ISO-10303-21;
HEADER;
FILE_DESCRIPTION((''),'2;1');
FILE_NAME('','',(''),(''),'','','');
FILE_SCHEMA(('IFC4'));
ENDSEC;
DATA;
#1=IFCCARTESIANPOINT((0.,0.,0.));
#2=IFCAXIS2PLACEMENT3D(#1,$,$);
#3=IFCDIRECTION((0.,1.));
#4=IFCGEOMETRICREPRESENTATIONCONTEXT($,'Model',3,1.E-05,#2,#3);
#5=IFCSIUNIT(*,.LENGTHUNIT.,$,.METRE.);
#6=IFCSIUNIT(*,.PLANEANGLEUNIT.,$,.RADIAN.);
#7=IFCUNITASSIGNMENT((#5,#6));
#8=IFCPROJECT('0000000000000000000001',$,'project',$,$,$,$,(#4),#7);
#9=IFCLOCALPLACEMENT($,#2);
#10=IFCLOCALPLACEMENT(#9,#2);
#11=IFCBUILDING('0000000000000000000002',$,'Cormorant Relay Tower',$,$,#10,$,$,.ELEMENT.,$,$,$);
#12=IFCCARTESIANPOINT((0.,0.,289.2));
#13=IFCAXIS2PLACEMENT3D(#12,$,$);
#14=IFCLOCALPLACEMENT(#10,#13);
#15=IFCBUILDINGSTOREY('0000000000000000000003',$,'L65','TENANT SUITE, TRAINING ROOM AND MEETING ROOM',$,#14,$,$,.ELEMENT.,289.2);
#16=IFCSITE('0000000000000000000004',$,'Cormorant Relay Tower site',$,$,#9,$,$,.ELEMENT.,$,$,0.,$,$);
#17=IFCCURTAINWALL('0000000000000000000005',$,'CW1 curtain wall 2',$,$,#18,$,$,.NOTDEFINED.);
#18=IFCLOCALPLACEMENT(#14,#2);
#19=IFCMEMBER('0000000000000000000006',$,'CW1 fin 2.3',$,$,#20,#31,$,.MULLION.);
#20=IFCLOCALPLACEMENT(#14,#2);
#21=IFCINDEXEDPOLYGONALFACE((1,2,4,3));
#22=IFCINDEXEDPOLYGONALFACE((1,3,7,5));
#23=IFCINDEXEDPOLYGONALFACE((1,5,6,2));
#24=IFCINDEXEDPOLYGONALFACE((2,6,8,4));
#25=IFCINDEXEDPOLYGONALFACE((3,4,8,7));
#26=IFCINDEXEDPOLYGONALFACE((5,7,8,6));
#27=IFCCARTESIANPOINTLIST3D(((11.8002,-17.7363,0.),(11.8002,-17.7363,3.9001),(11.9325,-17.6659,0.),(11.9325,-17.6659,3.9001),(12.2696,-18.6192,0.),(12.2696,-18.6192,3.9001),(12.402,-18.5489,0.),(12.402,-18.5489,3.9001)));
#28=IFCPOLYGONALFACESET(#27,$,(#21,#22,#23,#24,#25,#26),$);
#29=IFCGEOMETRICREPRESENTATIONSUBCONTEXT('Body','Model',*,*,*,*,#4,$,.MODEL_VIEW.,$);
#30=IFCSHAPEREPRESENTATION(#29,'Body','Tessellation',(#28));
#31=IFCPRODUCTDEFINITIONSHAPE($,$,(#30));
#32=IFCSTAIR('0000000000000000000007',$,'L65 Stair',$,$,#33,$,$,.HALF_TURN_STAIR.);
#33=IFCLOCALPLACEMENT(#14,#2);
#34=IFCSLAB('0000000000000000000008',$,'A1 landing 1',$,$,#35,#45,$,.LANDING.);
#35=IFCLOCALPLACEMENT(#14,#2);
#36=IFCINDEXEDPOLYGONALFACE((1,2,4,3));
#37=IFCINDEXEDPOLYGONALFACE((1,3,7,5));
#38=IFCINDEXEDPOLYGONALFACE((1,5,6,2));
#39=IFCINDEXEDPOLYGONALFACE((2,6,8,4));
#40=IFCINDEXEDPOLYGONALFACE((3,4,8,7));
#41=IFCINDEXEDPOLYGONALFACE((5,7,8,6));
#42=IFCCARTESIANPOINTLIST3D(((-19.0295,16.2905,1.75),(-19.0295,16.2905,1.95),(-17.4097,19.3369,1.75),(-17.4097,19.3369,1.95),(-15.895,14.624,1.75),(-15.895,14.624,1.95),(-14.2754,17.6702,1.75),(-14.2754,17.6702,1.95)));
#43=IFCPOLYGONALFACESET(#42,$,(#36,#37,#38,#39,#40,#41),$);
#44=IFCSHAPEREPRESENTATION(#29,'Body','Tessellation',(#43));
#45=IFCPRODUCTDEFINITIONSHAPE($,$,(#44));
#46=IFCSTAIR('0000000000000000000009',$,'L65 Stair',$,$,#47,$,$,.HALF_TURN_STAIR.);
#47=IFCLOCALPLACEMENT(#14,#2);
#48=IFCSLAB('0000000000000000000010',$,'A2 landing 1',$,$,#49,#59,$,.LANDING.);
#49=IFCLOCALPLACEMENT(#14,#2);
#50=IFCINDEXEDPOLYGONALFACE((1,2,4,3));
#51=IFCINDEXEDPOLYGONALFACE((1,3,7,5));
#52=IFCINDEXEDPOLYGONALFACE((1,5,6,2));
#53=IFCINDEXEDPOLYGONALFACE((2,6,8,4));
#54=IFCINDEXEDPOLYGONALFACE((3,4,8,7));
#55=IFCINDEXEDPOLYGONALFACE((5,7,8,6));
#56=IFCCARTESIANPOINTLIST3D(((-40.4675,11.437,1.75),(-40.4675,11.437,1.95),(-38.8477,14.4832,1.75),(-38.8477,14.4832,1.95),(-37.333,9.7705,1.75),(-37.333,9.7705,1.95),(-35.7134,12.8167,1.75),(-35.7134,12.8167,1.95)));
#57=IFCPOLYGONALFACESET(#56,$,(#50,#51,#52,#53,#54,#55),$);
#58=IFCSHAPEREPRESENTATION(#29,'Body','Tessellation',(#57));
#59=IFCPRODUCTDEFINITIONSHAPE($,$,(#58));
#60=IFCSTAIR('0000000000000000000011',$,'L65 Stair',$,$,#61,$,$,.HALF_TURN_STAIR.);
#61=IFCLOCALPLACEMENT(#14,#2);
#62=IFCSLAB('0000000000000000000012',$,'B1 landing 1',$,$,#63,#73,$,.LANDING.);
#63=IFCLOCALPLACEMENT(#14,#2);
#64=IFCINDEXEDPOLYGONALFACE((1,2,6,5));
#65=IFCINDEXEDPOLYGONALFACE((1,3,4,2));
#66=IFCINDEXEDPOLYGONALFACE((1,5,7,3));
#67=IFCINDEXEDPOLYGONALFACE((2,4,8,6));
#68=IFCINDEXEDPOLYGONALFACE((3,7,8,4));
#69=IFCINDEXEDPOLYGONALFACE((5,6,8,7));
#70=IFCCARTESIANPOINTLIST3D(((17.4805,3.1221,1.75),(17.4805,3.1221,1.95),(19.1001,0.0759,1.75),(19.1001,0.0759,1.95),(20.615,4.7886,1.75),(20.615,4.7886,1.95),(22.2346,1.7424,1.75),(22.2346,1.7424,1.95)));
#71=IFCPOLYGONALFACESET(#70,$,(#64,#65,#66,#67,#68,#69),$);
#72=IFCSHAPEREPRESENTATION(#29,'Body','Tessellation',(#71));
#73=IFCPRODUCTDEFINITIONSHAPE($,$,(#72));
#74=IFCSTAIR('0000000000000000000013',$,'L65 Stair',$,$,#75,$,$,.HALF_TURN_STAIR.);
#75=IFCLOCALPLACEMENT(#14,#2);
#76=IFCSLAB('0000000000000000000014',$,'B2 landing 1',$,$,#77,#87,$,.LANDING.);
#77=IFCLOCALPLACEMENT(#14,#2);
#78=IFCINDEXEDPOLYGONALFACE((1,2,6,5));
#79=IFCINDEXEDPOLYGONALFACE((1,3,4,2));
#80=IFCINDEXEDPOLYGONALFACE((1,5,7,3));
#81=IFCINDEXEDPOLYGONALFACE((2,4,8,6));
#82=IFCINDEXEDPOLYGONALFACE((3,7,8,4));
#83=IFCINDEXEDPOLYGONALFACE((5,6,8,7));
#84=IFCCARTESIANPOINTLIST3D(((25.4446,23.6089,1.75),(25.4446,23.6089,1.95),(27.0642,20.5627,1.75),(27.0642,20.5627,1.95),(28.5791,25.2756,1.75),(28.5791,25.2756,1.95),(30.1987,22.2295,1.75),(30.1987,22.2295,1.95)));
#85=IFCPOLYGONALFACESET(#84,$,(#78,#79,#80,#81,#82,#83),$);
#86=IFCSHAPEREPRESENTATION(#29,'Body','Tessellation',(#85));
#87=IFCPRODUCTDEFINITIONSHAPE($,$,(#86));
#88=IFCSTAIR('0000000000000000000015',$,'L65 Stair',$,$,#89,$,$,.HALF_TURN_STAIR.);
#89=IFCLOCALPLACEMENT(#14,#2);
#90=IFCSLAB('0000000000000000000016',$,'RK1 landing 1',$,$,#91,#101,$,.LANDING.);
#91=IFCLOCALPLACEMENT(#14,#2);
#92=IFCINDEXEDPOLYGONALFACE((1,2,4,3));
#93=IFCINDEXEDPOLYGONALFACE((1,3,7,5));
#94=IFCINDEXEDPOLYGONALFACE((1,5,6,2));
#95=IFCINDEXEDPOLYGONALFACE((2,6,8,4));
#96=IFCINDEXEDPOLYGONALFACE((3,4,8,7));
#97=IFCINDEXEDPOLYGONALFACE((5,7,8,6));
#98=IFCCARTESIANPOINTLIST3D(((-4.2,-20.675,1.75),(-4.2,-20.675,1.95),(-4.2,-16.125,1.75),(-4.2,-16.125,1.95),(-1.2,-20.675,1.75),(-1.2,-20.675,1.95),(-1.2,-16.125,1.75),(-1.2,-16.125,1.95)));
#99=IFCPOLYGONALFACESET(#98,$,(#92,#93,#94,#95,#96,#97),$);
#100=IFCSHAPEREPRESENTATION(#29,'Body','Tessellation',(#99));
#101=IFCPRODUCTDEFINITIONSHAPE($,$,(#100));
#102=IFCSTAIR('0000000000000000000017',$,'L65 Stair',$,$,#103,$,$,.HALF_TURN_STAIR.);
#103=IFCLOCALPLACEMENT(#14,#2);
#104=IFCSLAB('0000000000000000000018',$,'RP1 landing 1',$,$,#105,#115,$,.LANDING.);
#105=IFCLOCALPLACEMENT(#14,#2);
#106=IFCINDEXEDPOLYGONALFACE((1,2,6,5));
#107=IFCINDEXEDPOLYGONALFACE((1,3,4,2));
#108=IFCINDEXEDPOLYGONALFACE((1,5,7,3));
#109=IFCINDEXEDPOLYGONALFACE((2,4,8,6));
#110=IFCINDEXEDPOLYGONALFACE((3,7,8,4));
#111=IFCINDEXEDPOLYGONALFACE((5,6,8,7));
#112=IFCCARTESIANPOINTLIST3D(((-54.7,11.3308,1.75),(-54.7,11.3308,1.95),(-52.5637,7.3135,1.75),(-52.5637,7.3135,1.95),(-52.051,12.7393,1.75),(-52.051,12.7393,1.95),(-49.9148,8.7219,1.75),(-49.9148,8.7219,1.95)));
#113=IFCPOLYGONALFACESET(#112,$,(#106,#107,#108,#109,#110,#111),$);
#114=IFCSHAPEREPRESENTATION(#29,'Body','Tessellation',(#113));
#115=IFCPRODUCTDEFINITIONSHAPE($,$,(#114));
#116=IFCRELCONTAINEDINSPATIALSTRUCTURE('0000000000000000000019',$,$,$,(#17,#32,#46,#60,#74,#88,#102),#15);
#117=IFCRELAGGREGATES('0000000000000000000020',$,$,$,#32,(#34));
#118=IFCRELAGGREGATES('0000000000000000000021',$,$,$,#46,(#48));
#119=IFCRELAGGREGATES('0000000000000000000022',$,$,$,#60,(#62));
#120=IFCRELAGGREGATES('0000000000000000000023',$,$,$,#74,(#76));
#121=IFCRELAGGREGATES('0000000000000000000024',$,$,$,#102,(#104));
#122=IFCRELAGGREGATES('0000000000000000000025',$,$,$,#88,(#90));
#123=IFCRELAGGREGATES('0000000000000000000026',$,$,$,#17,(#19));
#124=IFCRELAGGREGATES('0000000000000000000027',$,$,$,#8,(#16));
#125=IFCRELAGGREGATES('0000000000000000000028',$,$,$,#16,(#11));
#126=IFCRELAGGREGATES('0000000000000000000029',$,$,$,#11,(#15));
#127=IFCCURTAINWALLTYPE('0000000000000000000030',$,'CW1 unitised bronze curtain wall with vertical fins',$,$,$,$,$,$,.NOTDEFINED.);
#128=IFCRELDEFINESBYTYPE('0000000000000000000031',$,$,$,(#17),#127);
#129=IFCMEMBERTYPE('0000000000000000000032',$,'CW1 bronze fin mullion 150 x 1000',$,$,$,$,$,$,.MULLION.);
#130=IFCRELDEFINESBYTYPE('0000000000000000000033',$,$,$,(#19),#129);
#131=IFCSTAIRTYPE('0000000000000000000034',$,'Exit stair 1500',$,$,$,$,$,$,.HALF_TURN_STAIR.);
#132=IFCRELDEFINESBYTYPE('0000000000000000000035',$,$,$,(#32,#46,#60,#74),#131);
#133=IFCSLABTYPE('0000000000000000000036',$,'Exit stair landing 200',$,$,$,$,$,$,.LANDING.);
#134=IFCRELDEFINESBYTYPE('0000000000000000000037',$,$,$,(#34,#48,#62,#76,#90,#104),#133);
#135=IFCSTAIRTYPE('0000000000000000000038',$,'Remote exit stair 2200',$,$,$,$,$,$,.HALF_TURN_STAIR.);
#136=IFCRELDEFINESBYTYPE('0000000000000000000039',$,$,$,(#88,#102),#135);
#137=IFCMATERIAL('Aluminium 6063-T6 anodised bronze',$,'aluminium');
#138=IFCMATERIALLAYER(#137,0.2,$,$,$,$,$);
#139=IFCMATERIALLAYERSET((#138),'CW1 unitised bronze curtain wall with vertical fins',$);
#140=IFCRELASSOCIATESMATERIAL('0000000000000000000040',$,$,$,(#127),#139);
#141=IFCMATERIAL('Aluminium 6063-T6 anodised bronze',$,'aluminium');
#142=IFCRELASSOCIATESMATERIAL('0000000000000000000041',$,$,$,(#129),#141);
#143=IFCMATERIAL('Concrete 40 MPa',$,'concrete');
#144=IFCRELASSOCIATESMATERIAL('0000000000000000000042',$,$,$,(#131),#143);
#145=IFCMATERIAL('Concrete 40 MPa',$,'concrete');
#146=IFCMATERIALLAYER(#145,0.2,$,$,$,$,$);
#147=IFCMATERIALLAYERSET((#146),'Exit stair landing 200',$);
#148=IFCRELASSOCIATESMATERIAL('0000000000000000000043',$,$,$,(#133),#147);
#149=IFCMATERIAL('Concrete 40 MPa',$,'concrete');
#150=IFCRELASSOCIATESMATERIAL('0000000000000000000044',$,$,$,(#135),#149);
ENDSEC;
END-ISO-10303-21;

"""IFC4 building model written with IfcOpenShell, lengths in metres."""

from ifc_helpers import new_model, si_unit, direction, frame, origin, origin_2d, place, context, subcontext, project, spatial, polyline, rectangle, outline, extrude, material, layer, layer_set, material_profile, profile_set, type_object, element, aggregate, save


model = new_model("IFC4")

# Units and contexts
model_context = context("Model", 3, precision=1e-05, world=origin(), true_north=direction((0.0, 1.0)))
body_context = subcontext(model_context, "Body", "Model", "MODEL_VIEW")
ifc_project = project(units=[si_unit("LENGTHUNIT", "METRE"), si_unit("PLANEANGLEUNIT", "RADIAN")], contexts=[model_context])

# Site, building, storey
site_placement = place(None, origin())
site = spatial("IfcSite", under=ifc_project, at=site_placement, Name="Cormorant Relay Tower site", CompositionType="ELEMENT", RefElevation=0.0)
building_placement = place(site_placement, origin())
building = spatial("IfcBuilding", under=site, at=building_placement, Name="Cormorant Relay Tower", CompositionType="ELEMENT")
storey_placement = place(building_placement, frame((0.0, 0.0, 289.2)))
storey = spatial("IfcBuildingStorey", under=building, at=storey_placement, Name="L65", Description="TENANT SUITE, TRAINING ROOM AND MEETING ROOM", CompositionType="ELEMENT", Elevation=289.2)

# Curtain wall, member
ifc_material_1 = material(Name="Aluminium 6063-T6 anodised bronze", Category="aluminium")
ifc_layer_1 = layer(ifc_material_1, 0.2)
ifc_layer_set_1 = layer_set([ifc_layer_1], Name="CW1 unitised bronze curtain wall with vertical fins")
curtain_wall_type = type_object("IfcCurtainWallType", Name="CW1 unitised bronze curtain wall with vertical fins", PredefinedType="NOTDEFINED", material=ifc_layer_set_1)
curtain_wall_placement = place(storey_placement, origin())
curtain_wall = element("IfcCurtainWall", 1, at=curtain_wall_placement, inside=storey, type_object=curtain_wall_type, Name="CW1 curtain wall 2", PredefinedType="NOTDEFINED")
ifc_material_2 = material(Name="Aluminium 6063-T6 anodised bronze", Category="aluminium")
ifc_material_profile_1 = material_profile(ifc_material_2, rectangle(XDim=0.1499, YDim=1.0, at=origin_2d()), Name="AL 150x1000")
ifc_profile_set_1 = profile_set([ifc_material_profile_1], Name="Aluminium 6063-T6 anodised bronze")
member_type = type_object("IfcMemberType", Name="CW1 bronze fin mullion 150 x 1000", PredefinedType="MULLION", material=ifc_profile_set_1)
member_placement = place(storey_placement, frame((12.1011, -18.1426, 0.0), z_axis=(0.0, 0.0, 1.0), x_axis=(0.882948, 0.469472, 0.0)))
member = element("IfcMember", 2, at=member_placement, type_object=member_type, Name="CW1 fin 2.3", PredefinedType="MULLION", context=body_context, shape_type="SweptSolid", body=[
    extrude(rectangle(XDim=0.1499, YDim=1.0, at=origin_2d()), origin(), (0.0, 0.0, 1.0), 3.9001),
])

# Stairs, slabs
ifc_material_3 = material(Name="Concrete 40 MPa", Category="concrete")
stair_type_1 = type_object("IfcStairType", Name="Exit stair 1500", PredefinedType="HALF_TURN_STAIR", material=ifc_material_3)
stair_1_placement = place(storey_placement, origin())
stair_1 = element("IfcStair", 3, at=stair_1_placement, inside=storey, type_object=stair_type_1, Name="L65 Stair", PredefinedType="HALF_TURN_STAIR")
ifc_material_4 = material(Name="Concrete 40 MPa", Category="concrete")
ifc_layer_2 = layer(ifc_material_4, 0.2)
ifc_layer_set_2 = layer_set([ifc_layer_2], Name="Exit stair landing 200")
slab_type_1 = type_object("IfcSlabType", Name="Exit stair landing 200", PredefinedType="LANDING", material=ifc_layer_set_2)
slab_1_placement = place(storey_placement, frame((0.0, 0.0, 1.75)))
slab_1 = element("IfcSlab", 4, at=slab_1_placement, type_object=slab_type_1, Name="A1 landing 1", PredefinedType="LANDING", context=body_context, shape_type="SweptSolid", body=[
    extrude(outline(polyline([(-19.0295, 16.2905), (-15.895, 14.624), (-14.2754, 17.6702), (-17.4097, 19.3369), (-19.0295, 16.2905)])), origin(), (0.0, 0.0, 1.0), 0.2),
])
aggregate(stair_1, [slab_1])
stair_2_placement = place(storey_placement, origin())
stair_2 = element("IfcStair", 5, at=stair_2_placement, inside=storey, type_object=stair_type_1, Name="L65 Stair", PredefinedType="HALF_TURN_STAIR")
slab_2_placement = place(storey_placement, frame((0.0, 0.0, 1.75)))
slab_2 = element("IfcSlab", 6, at=slab_2_placement, type_object=slab_type_1, Name="A2 landing 1", PredefinedType="LANDING", context=body_context, shape_type="SweptSolid", body=[
    extrude(outline(polyline([(-35.7134, 12.8167), (-38.8477, 14.4832), (-40.4675, 11.437), (-37.333, 9.7705), (-35.7134, 12.8167)])), origin(), (0.0, 0.0, 1.0), 0.2),
])
aggregate(stair_2, [slab_2])
stair_3_placement = place(storey_placement, origin())
stair_3 = element("IfcStair", 7, at=stair_3_placement, inside=storey, type_object=stair_type_1, Name="L65 Stair", PredefinedType="HALF_TURN_STAIR")
slab_3_placement = place(storey_placement, frame((0.0, 0.0, 1.75)))
slab_3 = element("IfcSlab", 8, at=slab_3_placement, type_object=slab_type_1, Name="B1 landing 1", PredefinedType="LANDING", context=body_context, shape_type="SweptSolid", body=[
    extrude(outline(polyline([(20.615, 4.7886), (17.4805, 3.1221), (19.1001, 0.0759), (22.2346, 1.7424), (20.615, 4.7886)])), origin(), (0.0, 0.0, 1.0), 0.2),
])
aggregate(stair_3, [slab_3])
stair_4_placement = place(storey_placement, origin())
stair_4 = element("IfcStair", 9, at=stair_4_placement, inside=storey, type_object=stair_type_1, Name="L65 Stair", PredefinedType="HALF_TURN_STAIR")
slab_4_placement = place(storey_placement, frame((0.0, 0.0, 1.75)))
slab_4 = element("IfcSlab", 10, at=slab_4_placement, type_object=slab_type_1, Name="B2 landing 1", PredefinedType="LANDING", context=body_context, shape_type="SweptSolid", body=[
    extrude(outline(polyline([(27.0642, 20.5627), (30.1987, 22.2295), (28.5791, 25.2756), (25.4446, 23.6089), (27.0642, 20.5627)])), origin(), (0.0, 0.0, 1.0), 0.2),
])
aggregate(stair_4, [slab_4])
ifc_material_5 = material(Name="Concrete 40 MPa", Category="concrete")
stair_type_2 = type_object("IfcStairType", Name="Remote exit stair 2200", PredefinedType="HALF_TURN_STAIR", material=ifc_material_5)
stair_5_placement = place(storey_placement, origin())
stair_5 = element("IfcStair", 11, at=stair_5_placement, inside=storey, type_object=stair_type_2, Name="L65 Stair", PredefinedType="HALF_TURN_STAIR")
slab_5_placement = place(storey_placement, frame((0.0, 0.0, 1.75)))
slab_5 = element("IfcSlab", 12, at=slab_5_placement, type_object=slab_type_1, Name="RK1 landing 1", PredefinedType="LANDING", context=body_context, shape_type="SweptSolid", body=[
    extrude(outline(polyline([(-1.2, -16.125), (-4.2, -16.125), (-4.2, -20.675), (-1.2, -20.675), (-1.2, -16.125)])), origin(), (0.0, 0.0, 1.0), 0.2),
])
stair_6_placement = place(storey_placement, origin())
stair_6 = element("IfcStair", 13, at=stair_6_placement, inside=storey, type_object=stair_type_2, Name="L65 Stair", PredefinedType="HALF_TURN_STAIR")
slab_6_placement = place(storey_placement, frame((0.0, 0.0, 1.75)))
slab_6 = element("IfcSlab", 14, at=slab_6_placement, type_object=slab_type_1, Name="RP1 landing 1", PredefinedType="LANDING", context=body_context, shape_type="SweptSolid", body=[
    extrude(outline(polyline([(-52.051, 12.7393), (-54.7, 11.3308), (-52.5637, 7.3135), (-49.9148, 8.7219), (-52.051, 12.7393)])), origin(), (0.0, 0.0, 1.0), 0.2),
])
aggregate(stair_6, [slab_6])

aggregate(stair_5, [slab_5])

aggregate(curtain_wall, [member])

save(model, "model.ifc")
